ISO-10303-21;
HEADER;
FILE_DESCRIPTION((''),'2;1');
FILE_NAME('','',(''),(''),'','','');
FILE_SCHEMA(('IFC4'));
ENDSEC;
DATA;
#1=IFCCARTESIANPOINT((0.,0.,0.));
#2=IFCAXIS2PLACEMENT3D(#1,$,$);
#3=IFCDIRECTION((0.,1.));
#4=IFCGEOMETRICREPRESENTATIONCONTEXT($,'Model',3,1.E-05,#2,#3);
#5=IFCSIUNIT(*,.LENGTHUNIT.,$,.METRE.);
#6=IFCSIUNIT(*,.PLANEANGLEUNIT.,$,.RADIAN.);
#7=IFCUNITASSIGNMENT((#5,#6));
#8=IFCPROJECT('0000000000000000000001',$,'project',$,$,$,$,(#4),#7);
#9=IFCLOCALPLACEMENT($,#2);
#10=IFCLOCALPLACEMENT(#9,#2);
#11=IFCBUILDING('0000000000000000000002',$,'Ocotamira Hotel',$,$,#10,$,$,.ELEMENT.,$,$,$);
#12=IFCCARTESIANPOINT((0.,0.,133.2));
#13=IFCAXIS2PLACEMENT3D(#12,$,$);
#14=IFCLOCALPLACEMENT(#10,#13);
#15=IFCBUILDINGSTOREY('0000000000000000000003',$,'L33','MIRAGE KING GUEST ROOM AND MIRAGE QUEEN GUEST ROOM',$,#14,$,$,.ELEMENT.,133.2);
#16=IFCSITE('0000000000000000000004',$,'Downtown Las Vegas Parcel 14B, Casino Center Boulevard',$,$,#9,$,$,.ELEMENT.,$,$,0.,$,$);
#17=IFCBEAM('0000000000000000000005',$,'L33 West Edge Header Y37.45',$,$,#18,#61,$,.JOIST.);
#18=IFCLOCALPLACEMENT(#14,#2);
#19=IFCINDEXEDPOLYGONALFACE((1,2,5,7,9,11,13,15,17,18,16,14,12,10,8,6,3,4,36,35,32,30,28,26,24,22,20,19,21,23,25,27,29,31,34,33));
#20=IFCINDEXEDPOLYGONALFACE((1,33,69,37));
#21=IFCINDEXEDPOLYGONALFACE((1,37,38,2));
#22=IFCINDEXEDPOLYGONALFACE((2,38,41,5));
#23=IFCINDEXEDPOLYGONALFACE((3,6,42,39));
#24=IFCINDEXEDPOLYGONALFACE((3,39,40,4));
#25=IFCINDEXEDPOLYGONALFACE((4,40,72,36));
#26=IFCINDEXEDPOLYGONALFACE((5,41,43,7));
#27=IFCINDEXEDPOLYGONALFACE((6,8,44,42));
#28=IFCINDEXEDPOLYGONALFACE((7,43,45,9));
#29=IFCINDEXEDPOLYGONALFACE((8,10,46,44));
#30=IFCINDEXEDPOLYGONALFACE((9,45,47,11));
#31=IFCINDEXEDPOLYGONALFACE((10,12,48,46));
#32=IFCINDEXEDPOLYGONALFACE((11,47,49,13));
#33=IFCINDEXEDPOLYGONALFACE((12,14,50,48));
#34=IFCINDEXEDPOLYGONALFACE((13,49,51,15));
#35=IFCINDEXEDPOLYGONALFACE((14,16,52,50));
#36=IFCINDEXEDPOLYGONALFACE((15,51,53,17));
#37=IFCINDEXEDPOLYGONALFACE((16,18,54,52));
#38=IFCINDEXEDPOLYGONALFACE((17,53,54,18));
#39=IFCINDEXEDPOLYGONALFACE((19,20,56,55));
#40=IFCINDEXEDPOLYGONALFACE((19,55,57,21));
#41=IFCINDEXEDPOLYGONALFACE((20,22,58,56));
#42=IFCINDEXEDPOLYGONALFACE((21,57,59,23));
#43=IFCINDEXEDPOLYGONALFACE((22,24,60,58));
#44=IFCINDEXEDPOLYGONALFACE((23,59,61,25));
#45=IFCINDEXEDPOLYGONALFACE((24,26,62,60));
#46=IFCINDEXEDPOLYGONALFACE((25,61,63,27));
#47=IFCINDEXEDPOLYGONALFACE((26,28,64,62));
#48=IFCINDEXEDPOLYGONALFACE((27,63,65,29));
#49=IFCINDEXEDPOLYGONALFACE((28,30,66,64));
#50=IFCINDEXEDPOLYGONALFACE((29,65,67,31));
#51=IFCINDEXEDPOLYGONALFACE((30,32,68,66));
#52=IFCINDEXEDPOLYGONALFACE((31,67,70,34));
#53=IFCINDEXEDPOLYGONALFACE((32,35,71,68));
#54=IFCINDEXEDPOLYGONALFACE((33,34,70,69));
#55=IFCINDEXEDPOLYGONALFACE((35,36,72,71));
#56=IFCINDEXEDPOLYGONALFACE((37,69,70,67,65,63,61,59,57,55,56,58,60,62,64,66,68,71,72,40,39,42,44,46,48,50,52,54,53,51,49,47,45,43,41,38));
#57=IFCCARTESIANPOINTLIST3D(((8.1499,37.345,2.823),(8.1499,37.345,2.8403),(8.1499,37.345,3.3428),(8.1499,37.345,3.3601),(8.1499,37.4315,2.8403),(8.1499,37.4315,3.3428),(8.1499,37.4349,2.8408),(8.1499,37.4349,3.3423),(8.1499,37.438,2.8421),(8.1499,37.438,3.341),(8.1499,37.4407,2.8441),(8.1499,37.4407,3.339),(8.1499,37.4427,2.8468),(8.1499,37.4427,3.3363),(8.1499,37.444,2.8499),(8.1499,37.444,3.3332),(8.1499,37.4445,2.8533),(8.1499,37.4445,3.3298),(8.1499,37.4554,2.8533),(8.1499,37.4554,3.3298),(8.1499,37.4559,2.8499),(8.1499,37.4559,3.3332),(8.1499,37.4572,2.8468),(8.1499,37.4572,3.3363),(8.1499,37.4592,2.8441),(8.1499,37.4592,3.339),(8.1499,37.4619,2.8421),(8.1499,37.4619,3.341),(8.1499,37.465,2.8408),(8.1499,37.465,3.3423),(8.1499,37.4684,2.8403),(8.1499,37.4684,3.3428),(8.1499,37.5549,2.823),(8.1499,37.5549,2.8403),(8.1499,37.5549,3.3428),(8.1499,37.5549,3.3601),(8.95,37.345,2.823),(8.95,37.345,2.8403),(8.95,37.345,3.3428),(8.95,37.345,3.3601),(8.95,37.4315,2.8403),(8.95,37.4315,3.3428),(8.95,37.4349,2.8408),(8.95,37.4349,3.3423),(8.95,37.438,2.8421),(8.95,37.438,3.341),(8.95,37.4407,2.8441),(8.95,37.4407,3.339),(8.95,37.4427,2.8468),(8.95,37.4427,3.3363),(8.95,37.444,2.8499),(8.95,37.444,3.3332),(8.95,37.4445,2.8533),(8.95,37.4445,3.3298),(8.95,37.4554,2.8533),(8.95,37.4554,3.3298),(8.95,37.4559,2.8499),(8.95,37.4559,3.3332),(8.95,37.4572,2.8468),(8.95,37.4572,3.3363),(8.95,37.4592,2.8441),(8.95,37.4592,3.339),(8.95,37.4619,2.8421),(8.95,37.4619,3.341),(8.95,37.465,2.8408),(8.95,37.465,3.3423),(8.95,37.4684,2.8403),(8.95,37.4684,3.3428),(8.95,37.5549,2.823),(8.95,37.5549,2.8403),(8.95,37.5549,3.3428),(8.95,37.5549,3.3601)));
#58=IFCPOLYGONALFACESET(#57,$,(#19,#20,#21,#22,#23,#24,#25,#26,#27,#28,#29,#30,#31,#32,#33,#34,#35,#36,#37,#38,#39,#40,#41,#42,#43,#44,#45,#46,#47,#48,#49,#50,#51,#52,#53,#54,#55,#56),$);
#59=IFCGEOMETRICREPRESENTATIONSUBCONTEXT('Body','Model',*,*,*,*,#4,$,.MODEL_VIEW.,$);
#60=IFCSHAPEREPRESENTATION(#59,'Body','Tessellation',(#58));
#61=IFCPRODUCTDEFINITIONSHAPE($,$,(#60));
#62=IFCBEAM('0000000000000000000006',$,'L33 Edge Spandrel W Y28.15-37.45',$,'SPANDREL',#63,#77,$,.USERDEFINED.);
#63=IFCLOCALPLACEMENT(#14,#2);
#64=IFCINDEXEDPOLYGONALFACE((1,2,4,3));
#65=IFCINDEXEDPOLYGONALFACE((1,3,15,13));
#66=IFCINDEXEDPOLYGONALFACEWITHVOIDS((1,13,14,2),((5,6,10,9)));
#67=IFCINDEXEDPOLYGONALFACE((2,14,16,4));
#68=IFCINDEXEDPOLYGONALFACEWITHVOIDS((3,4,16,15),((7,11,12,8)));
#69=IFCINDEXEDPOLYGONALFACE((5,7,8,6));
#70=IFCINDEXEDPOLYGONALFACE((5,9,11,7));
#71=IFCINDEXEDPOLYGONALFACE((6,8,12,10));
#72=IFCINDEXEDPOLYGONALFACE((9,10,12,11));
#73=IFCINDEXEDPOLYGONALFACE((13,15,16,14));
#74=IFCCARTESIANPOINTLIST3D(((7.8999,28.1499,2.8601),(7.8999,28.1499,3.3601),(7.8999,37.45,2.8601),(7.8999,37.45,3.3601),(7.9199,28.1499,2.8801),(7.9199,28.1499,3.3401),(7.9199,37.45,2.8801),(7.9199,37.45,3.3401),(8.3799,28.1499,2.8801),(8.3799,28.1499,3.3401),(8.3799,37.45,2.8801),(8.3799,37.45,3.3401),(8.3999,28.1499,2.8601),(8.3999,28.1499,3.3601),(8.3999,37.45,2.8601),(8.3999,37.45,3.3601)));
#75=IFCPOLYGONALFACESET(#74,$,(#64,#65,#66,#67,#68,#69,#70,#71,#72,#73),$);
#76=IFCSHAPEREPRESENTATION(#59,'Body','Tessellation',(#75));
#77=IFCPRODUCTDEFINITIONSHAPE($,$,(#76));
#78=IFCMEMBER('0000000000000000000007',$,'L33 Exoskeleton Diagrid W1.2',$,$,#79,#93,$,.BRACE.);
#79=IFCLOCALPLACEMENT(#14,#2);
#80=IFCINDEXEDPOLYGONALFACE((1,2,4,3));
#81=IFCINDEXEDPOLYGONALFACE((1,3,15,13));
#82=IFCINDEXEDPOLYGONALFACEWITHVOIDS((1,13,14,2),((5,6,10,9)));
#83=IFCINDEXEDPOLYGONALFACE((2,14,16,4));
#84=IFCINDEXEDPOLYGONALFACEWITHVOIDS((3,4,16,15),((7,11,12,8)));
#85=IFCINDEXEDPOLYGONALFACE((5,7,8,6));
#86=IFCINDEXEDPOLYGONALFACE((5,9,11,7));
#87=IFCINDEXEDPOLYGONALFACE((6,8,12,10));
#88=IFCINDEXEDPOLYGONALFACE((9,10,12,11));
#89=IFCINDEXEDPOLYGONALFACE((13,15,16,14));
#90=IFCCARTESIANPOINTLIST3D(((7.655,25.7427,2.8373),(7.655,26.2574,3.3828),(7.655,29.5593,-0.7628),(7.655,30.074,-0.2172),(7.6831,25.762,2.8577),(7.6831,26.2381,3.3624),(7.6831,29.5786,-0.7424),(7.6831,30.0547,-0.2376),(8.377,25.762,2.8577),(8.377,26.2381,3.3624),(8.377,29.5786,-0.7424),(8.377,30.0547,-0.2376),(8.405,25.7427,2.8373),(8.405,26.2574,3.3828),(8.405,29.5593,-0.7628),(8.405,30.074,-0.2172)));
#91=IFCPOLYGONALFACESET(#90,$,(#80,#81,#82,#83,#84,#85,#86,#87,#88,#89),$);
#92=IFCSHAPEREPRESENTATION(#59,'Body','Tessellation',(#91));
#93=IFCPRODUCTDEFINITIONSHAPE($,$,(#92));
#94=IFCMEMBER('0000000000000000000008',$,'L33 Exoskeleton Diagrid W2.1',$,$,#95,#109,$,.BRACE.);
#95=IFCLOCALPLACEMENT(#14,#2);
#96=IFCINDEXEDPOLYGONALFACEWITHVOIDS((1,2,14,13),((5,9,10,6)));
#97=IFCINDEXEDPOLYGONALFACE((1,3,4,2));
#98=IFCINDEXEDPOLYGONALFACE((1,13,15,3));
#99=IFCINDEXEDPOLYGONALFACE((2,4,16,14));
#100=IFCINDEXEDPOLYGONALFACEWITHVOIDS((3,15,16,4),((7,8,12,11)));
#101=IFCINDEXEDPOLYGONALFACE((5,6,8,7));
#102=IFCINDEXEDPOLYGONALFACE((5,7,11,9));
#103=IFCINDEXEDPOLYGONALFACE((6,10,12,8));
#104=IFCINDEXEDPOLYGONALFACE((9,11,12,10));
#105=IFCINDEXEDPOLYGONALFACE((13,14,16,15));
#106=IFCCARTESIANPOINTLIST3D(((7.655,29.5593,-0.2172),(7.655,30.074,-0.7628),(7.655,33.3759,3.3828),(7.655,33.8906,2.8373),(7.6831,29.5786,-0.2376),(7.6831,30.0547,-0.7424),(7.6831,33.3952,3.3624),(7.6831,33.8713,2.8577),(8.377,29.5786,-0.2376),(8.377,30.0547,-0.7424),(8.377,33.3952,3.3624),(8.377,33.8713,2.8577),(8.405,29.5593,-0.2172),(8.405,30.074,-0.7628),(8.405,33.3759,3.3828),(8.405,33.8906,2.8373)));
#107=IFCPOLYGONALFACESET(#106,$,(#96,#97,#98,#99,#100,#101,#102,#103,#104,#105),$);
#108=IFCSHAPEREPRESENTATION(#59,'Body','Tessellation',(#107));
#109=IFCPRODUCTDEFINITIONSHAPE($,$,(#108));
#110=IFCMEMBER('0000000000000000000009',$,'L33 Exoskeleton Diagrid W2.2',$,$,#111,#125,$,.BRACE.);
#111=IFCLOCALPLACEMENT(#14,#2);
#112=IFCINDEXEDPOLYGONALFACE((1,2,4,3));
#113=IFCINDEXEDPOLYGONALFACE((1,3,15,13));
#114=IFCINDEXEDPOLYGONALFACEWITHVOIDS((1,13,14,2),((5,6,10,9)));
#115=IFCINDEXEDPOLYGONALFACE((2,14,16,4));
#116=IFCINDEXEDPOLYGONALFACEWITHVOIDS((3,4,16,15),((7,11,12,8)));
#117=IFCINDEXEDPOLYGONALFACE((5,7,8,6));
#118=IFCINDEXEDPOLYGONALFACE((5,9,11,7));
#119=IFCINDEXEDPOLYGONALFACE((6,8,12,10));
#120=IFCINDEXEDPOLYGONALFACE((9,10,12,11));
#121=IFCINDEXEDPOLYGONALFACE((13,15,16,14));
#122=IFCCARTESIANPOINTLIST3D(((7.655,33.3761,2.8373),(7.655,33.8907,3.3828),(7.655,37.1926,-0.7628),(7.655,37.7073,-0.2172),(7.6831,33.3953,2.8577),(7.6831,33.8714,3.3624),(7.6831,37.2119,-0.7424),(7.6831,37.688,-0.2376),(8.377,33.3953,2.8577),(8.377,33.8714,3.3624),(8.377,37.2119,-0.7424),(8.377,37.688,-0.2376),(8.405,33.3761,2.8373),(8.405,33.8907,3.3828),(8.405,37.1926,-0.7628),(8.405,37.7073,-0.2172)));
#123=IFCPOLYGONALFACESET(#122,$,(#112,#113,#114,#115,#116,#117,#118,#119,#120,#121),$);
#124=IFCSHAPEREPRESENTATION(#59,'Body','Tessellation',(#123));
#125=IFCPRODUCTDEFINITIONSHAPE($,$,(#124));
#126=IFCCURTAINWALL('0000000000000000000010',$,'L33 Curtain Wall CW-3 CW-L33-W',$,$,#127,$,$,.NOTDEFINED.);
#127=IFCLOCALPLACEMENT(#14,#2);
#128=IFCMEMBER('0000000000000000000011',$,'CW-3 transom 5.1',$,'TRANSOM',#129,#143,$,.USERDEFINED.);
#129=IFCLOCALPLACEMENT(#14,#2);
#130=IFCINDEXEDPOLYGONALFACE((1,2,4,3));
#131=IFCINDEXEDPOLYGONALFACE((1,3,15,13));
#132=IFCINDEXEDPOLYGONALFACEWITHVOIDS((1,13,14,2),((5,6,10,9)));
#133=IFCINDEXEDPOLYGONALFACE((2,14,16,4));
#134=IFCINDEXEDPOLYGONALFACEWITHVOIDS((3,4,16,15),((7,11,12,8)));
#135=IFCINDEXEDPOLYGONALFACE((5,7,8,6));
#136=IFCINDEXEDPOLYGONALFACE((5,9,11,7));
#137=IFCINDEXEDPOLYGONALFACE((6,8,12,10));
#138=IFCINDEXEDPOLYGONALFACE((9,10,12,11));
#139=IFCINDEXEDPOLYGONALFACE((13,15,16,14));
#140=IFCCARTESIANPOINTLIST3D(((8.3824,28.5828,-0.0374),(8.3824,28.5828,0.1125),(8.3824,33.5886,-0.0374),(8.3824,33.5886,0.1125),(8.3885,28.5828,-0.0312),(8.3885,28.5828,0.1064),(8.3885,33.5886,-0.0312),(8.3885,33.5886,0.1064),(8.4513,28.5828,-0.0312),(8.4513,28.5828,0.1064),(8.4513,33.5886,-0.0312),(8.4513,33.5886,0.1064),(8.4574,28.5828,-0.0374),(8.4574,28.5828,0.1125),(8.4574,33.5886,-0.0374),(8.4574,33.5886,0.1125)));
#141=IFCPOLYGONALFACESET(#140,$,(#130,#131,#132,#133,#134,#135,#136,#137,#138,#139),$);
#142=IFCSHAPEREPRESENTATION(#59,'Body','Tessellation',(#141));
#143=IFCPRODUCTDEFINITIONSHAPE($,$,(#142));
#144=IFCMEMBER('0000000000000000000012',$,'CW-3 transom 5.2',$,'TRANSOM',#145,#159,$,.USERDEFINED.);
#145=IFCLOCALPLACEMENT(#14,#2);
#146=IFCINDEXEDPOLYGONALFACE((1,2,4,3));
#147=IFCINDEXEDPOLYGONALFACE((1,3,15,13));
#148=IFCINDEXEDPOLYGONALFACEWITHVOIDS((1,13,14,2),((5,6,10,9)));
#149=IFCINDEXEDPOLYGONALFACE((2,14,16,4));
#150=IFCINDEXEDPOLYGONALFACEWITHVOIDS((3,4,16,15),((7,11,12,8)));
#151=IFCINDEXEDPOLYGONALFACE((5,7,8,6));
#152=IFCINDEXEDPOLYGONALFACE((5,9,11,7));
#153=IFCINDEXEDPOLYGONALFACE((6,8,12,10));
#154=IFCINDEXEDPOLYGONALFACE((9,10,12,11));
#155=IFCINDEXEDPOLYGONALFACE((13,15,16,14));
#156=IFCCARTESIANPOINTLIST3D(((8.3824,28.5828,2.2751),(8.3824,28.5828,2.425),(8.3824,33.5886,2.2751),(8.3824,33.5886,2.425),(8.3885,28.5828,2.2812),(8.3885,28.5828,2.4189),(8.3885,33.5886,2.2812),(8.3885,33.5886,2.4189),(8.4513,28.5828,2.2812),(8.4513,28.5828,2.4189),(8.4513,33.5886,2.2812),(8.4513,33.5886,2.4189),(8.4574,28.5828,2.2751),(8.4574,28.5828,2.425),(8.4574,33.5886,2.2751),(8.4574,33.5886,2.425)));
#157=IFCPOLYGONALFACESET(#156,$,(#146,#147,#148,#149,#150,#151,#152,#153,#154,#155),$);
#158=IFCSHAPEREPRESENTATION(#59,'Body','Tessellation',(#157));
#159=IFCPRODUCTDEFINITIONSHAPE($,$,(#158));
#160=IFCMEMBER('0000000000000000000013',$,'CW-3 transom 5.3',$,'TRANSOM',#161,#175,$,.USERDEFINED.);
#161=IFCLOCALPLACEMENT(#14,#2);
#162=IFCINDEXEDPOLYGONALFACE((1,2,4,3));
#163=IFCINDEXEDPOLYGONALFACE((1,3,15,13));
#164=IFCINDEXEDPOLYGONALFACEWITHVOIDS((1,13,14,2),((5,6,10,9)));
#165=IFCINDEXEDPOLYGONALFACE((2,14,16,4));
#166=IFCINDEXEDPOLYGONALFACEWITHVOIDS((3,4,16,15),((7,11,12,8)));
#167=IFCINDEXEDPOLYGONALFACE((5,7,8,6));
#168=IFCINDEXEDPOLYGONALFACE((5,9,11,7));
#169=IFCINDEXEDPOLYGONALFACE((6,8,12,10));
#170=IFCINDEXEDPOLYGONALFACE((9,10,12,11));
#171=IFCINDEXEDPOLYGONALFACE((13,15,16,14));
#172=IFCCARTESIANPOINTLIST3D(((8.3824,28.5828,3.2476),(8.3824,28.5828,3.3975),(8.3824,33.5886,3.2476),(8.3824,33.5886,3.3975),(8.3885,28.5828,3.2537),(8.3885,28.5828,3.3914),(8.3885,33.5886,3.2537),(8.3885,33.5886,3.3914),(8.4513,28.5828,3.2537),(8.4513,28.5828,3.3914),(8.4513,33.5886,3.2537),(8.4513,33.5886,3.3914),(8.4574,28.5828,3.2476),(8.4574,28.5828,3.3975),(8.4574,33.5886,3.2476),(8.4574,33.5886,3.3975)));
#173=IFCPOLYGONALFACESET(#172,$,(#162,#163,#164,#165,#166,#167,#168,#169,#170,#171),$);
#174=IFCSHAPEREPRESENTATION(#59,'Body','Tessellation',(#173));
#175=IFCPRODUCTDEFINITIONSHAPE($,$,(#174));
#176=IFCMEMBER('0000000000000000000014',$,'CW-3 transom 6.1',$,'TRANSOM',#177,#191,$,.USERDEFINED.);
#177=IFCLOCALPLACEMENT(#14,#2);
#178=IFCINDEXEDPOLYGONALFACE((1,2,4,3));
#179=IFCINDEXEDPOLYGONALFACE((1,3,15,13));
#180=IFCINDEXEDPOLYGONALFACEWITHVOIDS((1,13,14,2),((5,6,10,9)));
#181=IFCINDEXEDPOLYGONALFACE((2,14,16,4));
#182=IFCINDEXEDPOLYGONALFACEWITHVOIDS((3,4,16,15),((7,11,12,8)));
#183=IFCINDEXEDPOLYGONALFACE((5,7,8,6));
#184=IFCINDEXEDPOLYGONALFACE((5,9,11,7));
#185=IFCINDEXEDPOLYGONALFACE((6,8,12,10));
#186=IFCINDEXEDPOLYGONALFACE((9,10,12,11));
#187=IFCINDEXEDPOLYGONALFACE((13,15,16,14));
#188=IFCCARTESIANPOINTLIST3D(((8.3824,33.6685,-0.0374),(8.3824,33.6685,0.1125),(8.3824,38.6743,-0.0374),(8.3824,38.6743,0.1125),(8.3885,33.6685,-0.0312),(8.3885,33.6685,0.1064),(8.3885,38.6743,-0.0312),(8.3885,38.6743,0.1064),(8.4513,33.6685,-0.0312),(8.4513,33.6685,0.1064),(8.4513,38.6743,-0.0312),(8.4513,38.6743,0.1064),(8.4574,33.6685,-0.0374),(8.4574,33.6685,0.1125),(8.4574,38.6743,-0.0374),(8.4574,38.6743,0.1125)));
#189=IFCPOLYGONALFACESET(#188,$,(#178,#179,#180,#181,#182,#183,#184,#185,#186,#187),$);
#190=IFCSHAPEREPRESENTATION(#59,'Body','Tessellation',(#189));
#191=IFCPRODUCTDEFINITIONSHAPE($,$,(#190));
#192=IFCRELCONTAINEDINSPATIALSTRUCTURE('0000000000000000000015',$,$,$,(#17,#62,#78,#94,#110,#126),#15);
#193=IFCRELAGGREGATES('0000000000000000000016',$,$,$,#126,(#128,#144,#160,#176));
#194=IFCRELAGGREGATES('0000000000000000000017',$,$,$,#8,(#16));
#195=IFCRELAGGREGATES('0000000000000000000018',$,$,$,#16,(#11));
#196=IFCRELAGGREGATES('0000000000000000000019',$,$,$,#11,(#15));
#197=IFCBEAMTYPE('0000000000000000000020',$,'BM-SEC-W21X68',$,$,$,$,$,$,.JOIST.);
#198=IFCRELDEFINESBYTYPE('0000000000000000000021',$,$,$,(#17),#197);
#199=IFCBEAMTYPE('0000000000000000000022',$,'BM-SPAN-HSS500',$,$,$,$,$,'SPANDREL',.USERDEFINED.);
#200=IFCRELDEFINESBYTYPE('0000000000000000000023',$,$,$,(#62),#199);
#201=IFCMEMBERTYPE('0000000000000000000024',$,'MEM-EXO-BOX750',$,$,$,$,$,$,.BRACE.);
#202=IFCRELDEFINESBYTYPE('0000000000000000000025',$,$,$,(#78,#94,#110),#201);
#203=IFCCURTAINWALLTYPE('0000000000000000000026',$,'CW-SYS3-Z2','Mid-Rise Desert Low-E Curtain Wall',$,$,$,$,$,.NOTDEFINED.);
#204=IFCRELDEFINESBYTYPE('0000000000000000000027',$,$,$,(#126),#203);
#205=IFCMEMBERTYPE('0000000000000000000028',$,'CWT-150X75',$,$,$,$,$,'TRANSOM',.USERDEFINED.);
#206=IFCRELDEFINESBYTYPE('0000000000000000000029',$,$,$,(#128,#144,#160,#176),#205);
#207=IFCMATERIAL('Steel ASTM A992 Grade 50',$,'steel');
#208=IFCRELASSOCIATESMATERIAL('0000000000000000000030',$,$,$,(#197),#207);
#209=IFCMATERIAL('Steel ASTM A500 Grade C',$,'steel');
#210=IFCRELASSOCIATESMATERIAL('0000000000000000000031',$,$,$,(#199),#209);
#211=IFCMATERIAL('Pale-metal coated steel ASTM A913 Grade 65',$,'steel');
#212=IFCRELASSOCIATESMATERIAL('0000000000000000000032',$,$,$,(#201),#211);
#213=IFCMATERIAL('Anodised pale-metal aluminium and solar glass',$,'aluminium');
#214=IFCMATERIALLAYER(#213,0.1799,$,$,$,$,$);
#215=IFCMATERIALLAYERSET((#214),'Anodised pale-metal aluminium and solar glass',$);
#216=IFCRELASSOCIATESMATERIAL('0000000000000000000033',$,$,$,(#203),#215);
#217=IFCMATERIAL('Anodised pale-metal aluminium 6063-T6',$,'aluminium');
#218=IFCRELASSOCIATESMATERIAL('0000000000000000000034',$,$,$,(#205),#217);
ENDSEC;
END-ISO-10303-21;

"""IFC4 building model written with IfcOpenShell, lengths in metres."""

from ifc_helpers import new_model, si_unit, direction, frame, origin, origin_2d, place, context, subcontext, project, spatial, hollow_rectangle, i_section, extrude, source, transform, mapped, material, layer, layer_set, material_profile, profile_set, type_object, element, aggregate, save


model = new_model("IFC4")

# Units and contexts
model_context = context("Model", 3, precision=1e-05, world=origin(), true_north=direction((0.0, 1.0)))
body_context = subcontext(model_context, "Body", "Model", "MODEL_VIEW")
ifc_project = project(units=[si_unit("LENGTHUNIT", "METRE"), si_unit("PLANEANGLEUNIT", "RADIAN")], contexts=[model_context])

# Site, building, storey
site_placement = place(None, origin())
site = spatial("IfcSite", under=ifc_project, at=site_placement, Name="Downtown Las Vegas Parcel 14B, Casino Center Boulevard", CompositionType="ELEMENT", RefElevation=0.0)
building_placement = place(site_placement, origin())
building = spatial("IfcBuilding", under=site, at=building_placement, Name="Ocotamira Hotel", CompositionType="ELEMENT")
storey_placement = place(building_placement, frame((0.0, 0.0, 133.2)))
storey = spatial("IfcBuildingStorey", under=building, at=storey_placement, Name="L33", Description="MIRAGE KING GUEST ROOM AND MIRAGE QUEEN GUEST ROOM", CompositionType="ELEMENT", Elevation=133.2)

# Beams
ifc_material_1 = material(Name="Steel ASTM A992 Grade 50", Category="steel")
ifc_material_profile_1 = material_profile(ifc_material_1, i_section(OverallWidth=0.21, OverallDepth=0.5371, WebThickness=0.011, FlangeThickness=0.0173, FilletRadius=0.0129, at=origin_2d()), Name="W21X68")
ifc_profile_set_1 = profile_set([ifc_material_profile_1], Name="Steel ASTM A992 Grade 50")
beam_type_1 = type_object("IfcBeamType", Name="BM-SEC-W21X68", PredefinedType="JOIST", material=ifc_profile_set_1)
shared_shape_1 = source(origin(), body_context, "Body", "SweptSolid", [
    extrude(i_section(OverallWidth=0.21, OverallDepth=0.5371, WebThickness=0.011, FlangeThickness=0.0173, FilletRadius=0.0129, at=origin_2d()), origin(), (0.0, 0.0, 1.0), 0.8),
])
for number, where, z_axis, x_axis, name in (
    (1, (8.95, 37.45, 3.0916), (-1.0, 0.0, 0.0), (0.0, -1.0, 0.0), "L33 West Edge Header Y37.45"),
):
    element("IfcBeam", number, at=place(storey_placement, frame(where, z_axis=z_axis, x_axis=x_axis)), inside=storey, type_object=beam_type_1, Name=name, PredefinedType="JOIST", context=body_context, shape_type="MappedRepresentation", body=[
        mapped(shared_shape_1, transform((0.0, 0.0, 0.0), scale=1.0)),
    ])
ifc_material_2 = material(Name="Steel ASTM A500 Grade C", Category="steel")
ifc_material_profile_2 = material_profile(ifc_material_2, hollow_rectangle(XDim=0.5, YDim=0.5, WallThickness=0.02, at=origin_2d()), Name="HSS500X500X20")
ifc_profile_set_2 = profile_set([ifc_material_profile_2], Name="Steel ASTM A500 Grade C")
beam_type_2 = type_object("IfcBeamType", Name="BM-SPAN-HSS500", ElementType="SPANDREL", PredefinedType="USERDEFINED", material=ifc_profile_set_2)
shared_shape_2 = source(origin(), body_context, "Body", "SweptSolid", [
    extrude(hollow_rectangle(XDim=0.5, YDim=0.5, WallThickness=0.02, at=origin_2d()), origin(), (0.0, 0.0, 1.0), 9.3),
])
beam_1_placement = place(storey_placement, frame((8.1499, 28.1499, 3.1101), z_axis=(0.0, 1.0, 0.0), x_axis=(-1.0, 0.0, 0.0)))
element("IfcBeam", 2, at=beam_1_placement, inside=storey, type_object=beam_type_2, Name="L33 Edge Spandrel W Y28.15-37.45", ObjectType="SPANDREL", PredefinedType="USERDEFINED", context=body_context, shape_type="MappedRepresentation", body=[
    mapped(shared_shape_2, transform((0.0, 0.0, 0.0), scale=1.0)),
])

# Members
ifc_material_3 = material(Name="Pale-metal coated steel ASTM A913 Grade 65", Category="steel")
ifc_material_profile_3 = material_profile(ifc_material_3, hollow_rectangle(XDim=0.75, YDim=0.75, WallThickness=0.0281, at=origin_2d()), Name="BOX750X750X28")
ifc_profile_set_3 = profile_set([ifc_material_profile_3], Name="Pale-metal coated steel ASTM A913 Grade 65")
member_type_1 = type_object("IfcMemberType", Name="MEM-EXO-BOX750", PredefinedType="BRACE", material=ifc_profile_set_3)
shared_shape_3 = source(origin(), body_context, "Body", "SweptSolid", [
    extrude(hollow_rectangle(XDim=0.75, YDim=0.75, WallThickness=0.0281, at=origin_2d()), origin(), (0.0, 0.0, 1.0), 5.2466),
])
for number, where, z_axis, x_axis, name in (
    (3, (8.03, 29.8167, -0.49), (0.0, -0.727443, 0.686168), (1.0, 0.0, 0.0), "L33 Exoskeleton Diagrid W1.2"),
    (4, (8.03, 29.8167, -0.49), (0.0, 0.727443, 0.686168), (-1.0, 0.0, 0.0), "L33 Exoskeleton Diagrid W2.1"),
    (5, (8.03, 37.45, -0.49), (0.0, -0.727443, 0.686168), (1.0, 0.0, 0.0), "L33 Exoskeleton Diagrid W2.2"),
):
    element("IfcMember", number, at=place(storey_placement, frame(where, z_axis=z_axis, x_axis=x_axis)), inside=storey, type_object=member_type_1, Name=name, PredefinedType="BRACE", context=body_context, shape_type="MappedRepresentation", body=[
        mapped(shared_shape_3, transform((0.0, 0.0, 0.0), scale=1.0)),
    ])

# Curtain wall, members
ifc_material_4 = material(Name="Anodised pale-metal aluminium and solar glass", Category="aluminium")
ifc_layer_1 = layer(ifc_material_4, 0.1799)
ifc_layer_set_1 = layer_set([ifc_layer_1], Name="Anodised pale-metal aluminium and solar glass")
curtain_wall_type = type_object("IfcCurtainWallType", Name="CW-SYS3-Z2", Description="Mid-Rise Desert Low-E Curtain Wall", PredefinedType="NOTDEFINED", material=ifc_layer_set_1)
curtain_wall_placement = place(storey_placement, origin())
curtain_wall = element("IfcCurtainWall", 6, at=curtain_wall_placement, inside=storey, type_object=curtain_wall_type, Name="L33 Curtain Wall CW-3 CW-L33-W", PredefinedType="NOTDEFINED")
ifc_material_5 = material(Name="Anodised pale-metal aluminium 6063-T6", Category="aluminium")
ifc_material_profile_4 = material_profile(ifc_material_5, hollow_rectangle(XDim=0.075, YDim=0.1499, WallThickness=0.0061, at=origin_2d()), Name="HSS150X75X6")
ifc_profile_set_4 = profile_set([ifc_material_profile_4], Name="Anodised pale-metal aluminium 6063-T6")
member_type_2 = type_object("IfcMemberType", Name="CWT-150X75", ElementType="TRANSOM", PredefinedType="USERDEFINED", material=ifc_profile_set_4)
shared_shape_4 = source(origin(), body_context, "Body", "SweptSolid", [
    extrude(hollow_rectangle(XDim=0.075, YDim=0.1499, WallThickness=0.0061, at=origin_2d()), origin(), (0.0, 0.0, 1.0), 5.0059),
])
member_1_placement = place(storey_placement, frame((8.4199, 28.5828, 0.0376), z_axis=(0.0, 1.0, 0.0), x_axis=(-1.0, 0.0, 0.0)))
member_1 = element("IfcMember", 7, at=member_1_placement, type_object=member_type_2, Name="CW-3 transom 5.1", ObjectType="TRANSOM", PredefinedType="USERDEFINED", context=body_context, shape_type="MappedRepresentation", body=[
    mapped(shared_shape_4, transform((0.0, 0.0, 0.0), scale=1.0)),
])
member_2_placement = place(storey_placement, frame((8.4199, 28.5828, 2.3501), z_axis=(0.0, 1.0, 0.0), x_axis=(-1.0, 0.0, 0.0)))
member_2 = element("IfcMember", 8, at=member_2_placement, type_object=member_type_2, Name="CW-3 transom 5.2", ObjectType="TRANSOM", PredefinedType="USERDEFINED", context=body_context, shape_type="MappedRepresentation", body=[
    mapped(shared_shape_4, transform((0.0, 0.0, 0.0), scale=1.0)),
])
member_3_placement = place(storey_placement, frame((8.4199, 28.5828, 3.3225), z_axis=(0.0, 1.0, 0.0), x_axis=(-1.0, 0.0, 0.0)))
member_3 = element("IfcMember", 9, at=member_3_placement, type_object=member_type_2, Name="CW-3 transom 5.3", ObjectType="TRANSOM", PredefinedType="USERDEFINED", context=body_context, shape_type="MappedRepresentation", body=[
    mapped(shared_shape_4, transform((0.0, 0.0, 0.0), scale=1.0)),
])
member_4_placement = place(storey_placement, frame((8.4199, 33.6685, 0.0376), z_axis=(0.0, 1.0, 0.0), x_axis=(-1.0, 0.0, 0.0)))
member_4 = element("IfcMember", 10, at=member_4_placement, type_object=member_type_2, Name="CW-3 transom 6.1", ObjectType="TRANSOM", PredefinedType="USERDEFINED", context=body_context, shape_type="MappedRepresentation", body=[
    mapped(shared_shape_4, transform((0.0, 0.0, 0.0), scale=1.0)),
])

aggregate(curtain_wall, [member_1, member_2, member_3, member_4])

save(model, "model.ifc")
